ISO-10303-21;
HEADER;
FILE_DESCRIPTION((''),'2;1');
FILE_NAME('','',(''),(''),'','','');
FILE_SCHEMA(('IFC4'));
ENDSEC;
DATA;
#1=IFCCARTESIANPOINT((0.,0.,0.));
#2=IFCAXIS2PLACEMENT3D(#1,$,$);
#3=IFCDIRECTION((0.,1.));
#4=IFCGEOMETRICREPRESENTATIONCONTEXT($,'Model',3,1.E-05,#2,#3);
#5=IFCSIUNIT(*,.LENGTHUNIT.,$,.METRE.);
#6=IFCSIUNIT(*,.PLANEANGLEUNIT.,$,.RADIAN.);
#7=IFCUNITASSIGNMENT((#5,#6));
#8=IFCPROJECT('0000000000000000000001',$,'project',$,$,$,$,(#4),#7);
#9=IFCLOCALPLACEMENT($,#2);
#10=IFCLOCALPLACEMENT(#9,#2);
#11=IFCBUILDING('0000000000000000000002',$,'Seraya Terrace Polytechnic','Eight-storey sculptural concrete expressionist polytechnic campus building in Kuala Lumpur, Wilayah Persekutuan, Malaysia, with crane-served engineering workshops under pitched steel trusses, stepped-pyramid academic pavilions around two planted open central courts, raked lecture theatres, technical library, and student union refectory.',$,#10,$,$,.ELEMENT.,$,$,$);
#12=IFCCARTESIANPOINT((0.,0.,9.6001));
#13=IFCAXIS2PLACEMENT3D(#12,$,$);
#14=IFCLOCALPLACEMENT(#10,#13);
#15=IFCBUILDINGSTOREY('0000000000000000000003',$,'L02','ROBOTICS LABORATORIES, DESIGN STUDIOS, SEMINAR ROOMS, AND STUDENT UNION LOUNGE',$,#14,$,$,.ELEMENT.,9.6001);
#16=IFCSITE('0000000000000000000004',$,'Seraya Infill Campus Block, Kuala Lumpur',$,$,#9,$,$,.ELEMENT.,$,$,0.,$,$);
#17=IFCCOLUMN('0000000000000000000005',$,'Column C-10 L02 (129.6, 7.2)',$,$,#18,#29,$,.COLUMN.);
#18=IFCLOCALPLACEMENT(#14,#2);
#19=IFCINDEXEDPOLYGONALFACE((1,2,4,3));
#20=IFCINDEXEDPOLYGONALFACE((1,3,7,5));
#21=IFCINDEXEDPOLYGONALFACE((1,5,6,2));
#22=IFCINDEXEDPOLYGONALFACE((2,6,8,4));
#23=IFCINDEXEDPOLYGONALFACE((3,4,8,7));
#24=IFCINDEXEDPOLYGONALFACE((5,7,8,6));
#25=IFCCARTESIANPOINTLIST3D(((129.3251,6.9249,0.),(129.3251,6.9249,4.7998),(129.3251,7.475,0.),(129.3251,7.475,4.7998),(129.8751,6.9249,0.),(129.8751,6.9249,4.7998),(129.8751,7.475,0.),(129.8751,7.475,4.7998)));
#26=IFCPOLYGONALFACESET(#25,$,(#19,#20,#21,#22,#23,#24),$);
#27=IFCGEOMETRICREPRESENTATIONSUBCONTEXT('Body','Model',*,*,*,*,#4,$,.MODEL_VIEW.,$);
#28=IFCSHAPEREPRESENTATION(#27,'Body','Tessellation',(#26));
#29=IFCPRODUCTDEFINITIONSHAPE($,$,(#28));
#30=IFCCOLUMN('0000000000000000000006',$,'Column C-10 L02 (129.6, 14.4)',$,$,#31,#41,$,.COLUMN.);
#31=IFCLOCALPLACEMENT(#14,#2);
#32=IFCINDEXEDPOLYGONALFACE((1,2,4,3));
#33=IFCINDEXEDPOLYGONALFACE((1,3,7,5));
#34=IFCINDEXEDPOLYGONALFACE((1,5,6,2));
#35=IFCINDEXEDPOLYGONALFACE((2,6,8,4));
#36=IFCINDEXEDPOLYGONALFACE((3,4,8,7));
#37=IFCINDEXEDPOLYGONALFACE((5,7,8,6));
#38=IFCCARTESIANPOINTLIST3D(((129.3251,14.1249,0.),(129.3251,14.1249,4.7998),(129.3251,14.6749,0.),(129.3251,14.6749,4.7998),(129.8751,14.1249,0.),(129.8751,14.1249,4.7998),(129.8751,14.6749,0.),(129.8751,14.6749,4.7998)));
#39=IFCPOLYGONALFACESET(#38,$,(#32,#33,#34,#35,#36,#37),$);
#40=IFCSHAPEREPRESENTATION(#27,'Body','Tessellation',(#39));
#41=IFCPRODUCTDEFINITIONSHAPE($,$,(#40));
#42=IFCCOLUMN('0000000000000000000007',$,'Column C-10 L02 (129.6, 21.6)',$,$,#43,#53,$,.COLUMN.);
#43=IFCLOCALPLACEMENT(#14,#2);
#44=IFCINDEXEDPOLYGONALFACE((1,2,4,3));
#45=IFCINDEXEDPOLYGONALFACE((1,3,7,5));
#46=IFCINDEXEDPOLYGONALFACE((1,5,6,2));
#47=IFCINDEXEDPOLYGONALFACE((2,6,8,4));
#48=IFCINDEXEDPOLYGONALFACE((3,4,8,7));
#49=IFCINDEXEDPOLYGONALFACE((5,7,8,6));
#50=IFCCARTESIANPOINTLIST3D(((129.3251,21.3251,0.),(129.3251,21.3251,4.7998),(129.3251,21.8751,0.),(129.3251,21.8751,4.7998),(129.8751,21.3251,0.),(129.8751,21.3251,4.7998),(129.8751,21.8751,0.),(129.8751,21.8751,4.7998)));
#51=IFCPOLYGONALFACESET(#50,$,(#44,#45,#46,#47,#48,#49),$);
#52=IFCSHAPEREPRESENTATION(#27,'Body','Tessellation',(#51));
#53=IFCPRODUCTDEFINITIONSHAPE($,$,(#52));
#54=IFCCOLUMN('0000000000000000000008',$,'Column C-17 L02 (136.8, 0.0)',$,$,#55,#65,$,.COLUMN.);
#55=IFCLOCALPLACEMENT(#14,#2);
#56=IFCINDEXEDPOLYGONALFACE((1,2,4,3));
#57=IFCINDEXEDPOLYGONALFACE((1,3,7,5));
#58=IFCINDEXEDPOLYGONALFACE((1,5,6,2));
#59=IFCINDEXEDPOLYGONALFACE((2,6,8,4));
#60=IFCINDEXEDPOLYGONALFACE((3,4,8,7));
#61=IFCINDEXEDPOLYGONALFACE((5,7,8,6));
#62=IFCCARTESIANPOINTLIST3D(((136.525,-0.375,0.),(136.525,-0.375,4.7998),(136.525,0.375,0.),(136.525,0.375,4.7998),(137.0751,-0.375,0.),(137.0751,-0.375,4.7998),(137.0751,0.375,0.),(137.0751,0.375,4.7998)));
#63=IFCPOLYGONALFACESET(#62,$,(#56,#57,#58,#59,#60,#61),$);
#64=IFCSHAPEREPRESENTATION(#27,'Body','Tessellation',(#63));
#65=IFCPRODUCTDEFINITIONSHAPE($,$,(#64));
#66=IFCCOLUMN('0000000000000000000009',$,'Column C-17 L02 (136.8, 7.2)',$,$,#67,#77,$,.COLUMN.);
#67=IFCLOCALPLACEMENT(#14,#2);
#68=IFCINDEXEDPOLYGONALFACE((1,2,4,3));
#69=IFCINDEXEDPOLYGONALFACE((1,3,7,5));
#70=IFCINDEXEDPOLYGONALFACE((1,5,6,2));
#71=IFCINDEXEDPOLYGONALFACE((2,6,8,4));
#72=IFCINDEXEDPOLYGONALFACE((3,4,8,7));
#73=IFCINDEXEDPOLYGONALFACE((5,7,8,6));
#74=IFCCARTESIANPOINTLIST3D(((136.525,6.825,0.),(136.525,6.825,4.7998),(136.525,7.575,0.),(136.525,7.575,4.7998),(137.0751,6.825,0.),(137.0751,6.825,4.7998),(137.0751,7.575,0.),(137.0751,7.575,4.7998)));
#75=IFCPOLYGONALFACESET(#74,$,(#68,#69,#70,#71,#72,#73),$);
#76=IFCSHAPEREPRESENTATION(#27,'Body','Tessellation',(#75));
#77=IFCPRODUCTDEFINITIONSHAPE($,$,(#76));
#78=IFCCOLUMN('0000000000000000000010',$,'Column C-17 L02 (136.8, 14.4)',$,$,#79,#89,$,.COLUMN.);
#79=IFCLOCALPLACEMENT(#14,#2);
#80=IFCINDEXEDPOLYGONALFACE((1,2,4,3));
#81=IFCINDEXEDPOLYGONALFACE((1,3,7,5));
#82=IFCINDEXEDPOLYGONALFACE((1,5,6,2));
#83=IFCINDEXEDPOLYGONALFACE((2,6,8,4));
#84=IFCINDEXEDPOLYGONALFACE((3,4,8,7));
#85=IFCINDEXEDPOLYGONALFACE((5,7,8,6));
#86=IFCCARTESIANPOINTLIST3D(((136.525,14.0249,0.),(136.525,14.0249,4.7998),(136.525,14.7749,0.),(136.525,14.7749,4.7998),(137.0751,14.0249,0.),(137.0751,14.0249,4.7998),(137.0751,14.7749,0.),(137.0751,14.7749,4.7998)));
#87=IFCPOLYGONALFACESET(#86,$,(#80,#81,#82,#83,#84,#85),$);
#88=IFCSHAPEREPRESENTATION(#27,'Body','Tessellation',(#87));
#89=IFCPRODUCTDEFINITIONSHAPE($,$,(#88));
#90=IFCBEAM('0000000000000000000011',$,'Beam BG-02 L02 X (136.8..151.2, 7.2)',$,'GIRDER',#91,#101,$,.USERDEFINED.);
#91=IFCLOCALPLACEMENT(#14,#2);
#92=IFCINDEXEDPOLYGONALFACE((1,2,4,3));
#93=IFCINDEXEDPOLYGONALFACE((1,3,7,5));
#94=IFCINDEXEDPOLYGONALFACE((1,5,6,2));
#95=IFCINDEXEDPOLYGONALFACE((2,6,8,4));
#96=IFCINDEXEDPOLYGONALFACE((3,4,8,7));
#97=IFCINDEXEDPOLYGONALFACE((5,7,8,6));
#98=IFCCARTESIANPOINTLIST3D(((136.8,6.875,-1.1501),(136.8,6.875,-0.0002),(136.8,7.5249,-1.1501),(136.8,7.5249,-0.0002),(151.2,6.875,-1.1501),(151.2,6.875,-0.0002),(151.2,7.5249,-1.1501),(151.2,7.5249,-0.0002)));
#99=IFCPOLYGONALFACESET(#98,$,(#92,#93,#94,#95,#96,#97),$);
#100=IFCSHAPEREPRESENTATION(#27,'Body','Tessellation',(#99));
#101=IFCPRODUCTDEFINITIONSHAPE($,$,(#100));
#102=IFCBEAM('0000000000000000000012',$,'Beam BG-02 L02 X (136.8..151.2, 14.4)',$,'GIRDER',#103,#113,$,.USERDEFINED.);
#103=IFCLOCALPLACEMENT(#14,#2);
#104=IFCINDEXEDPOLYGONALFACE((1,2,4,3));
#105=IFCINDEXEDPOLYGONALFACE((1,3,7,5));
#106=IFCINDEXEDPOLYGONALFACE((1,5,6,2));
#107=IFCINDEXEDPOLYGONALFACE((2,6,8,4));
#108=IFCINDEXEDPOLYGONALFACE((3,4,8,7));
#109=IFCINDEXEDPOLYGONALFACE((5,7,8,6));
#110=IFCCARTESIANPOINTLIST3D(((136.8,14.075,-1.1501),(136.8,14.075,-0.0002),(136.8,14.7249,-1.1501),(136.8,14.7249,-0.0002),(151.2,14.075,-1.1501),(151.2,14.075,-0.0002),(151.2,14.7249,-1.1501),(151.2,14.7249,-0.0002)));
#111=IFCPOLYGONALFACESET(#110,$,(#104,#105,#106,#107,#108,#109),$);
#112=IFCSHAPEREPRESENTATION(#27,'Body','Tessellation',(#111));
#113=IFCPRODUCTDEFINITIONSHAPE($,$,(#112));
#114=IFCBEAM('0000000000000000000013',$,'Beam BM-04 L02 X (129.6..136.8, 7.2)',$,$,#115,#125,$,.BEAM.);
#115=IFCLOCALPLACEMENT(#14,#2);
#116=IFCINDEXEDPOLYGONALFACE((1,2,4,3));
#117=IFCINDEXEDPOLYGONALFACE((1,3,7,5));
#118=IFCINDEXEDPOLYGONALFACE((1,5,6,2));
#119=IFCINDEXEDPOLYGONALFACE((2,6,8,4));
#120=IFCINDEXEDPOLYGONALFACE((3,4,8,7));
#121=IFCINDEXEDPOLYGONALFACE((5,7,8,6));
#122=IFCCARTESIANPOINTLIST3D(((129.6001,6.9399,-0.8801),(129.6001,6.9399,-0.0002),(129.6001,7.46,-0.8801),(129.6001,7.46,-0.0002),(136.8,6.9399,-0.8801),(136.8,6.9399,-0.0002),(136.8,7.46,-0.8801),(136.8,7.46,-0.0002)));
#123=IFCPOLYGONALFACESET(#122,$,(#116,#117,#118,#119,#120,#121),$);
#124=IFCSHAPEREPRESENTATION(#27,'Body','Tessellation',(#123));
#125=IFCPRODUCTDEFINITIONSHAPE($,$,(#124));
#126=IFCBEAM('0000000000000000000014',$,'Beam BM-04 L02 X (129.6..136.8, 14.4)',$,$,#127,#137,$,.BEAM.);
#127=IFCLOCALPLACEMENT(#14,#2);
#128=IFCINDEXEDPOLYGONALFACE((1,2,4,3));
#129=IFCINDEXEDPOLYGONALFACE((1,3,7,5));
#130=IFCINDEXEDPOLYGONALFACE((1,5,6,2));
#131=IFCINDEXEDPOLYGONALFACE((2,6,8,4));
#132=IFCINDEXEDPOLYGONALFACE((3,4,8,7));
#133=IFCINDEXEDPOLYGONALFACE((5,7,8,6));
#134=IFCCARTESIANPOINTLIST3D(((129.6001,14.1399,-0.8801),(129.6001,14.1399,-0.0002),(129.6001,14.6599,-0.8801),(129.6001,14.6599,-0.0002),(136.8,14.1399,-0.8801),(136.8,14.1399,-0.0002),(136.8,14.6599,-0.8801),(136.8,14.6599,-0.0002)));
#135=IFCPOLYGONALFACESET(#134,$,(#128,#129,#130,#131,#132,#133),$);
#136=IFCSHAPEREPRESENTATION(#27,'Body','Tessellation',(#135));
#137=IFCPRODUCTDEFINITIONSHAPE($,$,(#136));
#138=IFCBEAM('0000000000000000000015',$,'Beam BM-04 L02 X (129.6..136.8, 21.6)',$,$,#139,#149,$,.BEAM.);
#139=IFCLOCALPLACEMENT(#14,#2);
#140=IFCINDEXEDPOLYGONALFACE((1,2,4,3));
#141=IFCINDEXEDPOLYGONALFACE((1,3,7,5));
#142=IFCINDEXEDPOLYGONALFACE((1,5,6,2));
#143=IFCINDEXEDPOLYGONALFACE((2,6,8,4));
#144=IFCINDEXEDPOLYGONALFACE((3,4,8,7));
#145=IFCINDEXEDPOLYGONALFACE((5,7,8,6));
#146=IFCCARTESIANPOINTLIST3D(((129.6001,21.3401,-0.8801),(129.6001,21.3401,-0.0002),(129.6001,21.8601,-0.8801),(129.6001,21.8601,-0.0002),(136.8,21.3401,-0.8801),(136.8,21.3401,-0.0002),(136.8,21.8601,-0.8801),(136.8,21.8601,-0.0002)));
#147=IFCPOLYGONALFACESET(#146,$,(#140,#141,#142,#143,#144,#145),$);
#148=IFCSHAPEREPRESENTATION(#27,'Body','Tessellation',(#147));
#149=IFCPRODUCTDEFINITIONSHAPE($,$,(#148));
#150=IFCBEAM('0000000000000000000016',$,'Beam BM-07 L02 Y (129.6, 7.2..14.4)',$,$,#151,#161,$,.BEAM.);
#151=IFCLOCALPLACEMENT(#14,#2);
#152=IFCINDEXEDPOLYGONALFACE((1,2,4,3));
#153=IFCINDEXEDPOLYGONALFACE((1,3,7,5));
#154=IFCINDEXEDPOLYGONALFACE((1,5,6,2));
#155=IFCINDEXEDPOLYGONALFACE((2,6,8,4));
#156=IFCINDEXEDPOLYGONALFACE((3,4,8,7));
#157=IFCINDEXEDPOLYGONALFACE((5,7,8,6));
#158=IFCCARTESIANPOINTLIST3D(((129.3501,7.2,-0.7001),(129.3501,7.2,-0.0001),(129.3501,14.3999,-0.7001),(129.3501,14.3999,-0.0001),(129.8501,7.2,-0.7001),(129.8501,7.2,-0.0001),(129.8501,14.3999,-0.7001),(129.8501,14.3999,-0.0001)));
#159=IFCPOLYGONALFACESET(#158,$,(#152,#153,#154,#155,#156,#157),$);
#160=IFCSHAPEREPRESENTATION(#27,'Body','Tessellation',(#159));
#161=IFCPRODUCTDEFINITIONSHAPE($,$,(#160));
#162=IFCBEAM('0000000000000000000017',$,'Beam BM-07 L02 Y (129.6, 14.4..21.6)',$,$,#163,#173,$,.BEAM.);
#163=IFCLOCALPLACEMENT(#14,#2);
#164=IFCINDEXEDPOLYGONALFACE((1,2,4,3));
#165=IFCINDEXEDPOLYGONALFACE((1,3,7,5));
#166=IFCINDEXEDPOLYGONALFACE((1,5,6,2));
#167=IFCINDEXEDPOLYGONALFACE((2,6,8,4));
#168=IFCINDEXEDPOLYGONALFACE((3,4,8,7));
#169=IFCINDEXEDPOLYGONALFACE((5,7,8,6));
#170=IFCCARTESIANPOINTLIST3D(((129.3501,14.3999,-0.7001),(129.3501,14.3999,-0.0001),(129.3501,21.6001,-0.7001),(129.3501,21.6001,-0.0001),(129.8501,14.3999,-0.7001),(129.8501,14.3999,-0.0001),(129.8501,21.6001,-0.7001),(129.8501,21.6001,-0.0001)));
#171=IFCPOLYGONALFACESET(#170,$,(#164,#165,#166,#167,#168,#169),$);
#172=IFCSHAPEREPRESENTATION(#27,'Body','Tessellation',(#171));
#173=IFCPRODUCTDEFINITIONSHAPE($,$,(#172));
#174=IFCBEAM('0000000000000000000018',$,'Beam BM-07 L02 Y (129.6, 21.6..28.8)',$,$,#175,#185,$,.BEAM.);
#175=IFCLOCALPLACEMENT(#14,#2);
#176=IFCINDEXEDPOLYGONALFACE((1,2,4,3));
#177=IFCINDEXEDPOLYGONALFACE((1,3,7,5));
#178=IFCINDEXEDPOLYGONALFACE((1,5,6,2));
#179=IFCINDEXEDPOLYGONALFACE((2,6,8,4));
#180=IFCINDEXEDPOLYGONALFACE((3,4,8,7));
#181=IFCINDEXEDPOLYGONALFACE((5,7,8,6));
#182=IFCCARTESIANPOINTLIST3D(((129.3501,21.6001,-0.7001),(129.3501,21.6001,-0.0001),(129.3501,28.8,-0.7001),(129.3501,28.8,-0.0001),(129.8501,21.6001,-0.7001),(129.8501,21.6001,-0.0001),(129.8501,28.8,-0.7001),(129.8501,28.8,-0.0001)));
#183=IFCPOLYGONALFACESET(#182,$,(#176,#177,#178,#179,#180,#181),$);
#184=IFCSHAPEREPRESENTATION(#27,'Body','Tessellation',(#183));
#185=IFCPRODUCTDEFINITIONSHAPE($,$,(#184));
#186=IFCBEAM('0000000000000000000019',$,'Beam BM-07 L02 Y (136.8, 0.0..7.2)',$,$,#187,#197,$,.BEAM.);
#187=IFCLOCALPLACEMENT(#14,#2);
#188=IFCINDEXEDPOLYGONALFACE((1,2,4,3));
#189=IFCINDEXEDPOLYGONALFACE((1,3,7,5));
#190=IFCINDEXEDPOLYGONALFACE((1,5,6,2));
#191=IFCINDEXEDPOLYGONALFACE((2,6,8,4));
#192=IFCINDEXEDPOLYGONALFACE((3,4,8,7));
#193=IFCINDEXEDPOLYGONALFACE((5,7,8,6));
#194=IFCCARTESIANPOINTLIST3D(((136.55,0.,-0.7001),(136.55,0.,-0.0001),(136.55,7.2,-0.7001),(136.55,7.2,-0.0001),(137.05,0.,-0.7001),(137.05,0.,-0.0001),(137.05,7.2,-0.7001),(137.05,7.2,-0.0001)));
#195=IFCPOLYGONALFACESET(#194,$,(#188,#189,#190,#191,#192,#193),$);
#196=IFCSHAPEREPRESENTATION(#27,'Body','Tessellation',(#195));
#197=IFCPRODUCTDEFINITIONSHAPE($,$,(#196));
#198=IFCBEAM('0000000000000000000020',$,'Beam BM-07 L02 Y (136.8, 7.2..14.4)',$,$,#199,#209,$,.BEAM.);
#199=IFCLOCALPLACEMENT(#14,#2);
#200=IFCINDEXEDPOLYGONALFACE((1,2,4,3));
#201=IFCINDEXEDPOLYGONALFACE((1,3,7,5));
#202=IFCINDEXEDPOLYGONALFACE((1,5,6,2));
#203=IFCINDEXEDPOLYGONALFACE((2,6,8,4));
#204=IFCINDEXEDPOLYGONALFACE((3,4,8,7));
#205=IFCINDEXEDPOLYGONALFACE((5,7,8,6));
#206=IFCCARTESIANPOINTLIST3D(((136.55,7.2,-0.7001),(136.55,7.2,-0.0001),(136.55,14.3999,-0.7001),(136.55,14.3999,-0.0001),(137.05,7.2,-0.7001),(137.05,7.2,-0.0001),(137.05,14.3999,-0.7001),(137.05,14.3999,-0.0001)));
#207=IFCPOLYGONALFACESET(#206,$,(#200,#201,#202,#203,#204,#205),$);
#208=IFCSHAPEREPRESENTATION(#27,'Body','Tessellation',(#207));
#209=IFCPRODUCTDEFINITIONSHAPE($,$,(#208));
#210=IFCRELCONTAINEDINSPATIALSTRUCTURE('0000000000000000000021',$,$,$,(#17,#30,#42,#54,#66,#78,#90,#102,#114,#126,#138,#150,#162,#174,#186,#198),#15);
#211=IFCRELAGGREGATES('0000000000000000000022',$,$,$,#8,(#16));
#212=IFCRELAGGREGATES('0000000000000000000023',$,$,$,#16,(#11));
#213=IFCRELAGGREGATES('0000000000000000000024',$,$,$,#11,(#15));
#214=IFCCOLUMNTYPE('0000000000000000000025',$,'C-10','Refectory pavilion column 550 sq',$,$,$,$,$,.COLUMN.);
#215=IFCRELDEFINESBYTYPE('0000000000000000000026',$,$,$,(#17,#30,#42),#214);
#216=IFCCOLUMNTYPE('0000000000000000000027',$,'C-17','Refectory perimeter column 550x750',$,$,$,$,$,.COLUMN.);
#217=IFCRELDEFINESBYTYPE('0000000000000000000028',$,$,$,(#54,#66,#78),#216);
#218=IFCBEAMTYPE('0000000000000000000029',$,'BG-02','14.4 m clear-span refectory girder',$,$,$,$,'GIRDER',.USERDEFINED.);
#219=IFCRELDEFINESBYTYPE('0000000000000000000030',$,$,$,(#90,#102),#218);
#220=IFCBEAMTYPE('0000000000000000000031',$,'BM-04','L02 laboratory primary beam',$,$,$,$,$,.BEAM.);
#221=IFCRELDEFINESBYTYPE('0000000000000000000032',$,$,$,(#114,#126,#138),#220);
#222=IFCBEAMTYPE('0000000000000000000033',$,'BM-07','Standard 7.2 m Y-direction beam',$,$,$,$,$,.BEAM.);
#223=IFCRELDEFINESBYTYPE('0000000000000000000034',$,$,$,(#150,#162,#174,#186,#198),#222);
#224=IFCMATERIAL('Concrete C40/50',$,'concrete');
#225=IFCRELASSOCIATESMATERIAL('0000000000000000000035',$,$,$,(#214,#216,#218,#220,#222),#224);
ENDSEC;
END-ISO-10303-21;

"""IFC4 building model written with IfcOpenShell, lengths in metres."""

from ifc_helpers import new_model, si_unit, direction, frame, origin, origin_2d, place, context, subcontext, project, spatial, rectangle, extrude, material, material_profile, profile_set, type_object, element, save


model = new_model("IFC4")

# Units and contexts
model_context = context("Model", 3, precision=1e-05, world=origin(), true_north=direction((0.0, 1.0)))
body_context = subcontext(model_context, "Body", "Model", "MODEL_VIEW")
ifc_project = project(units=[si_unit("LENGTHUNIT", "METRE"), si_unit("PLANEANGLEUNIT", "RADIAN")], contexts=[model_context])

# Site, building, storey
site_placement = place(None, origin())
site = spatial("IfcSite", under=ifc_project, at=site_placement, Name="Seraya Infill Campus Block, Kuala Lumpur", CompositionType="ELEMENT", RefElevation=0.0)
building_placement = place(site_placement, origin())
building = spatial("IfcBuilding", under=site, at=building_placement, Name="Seraya Terrace Polytechnic", Description="Eight-storey sculptural concrete expressionist polytechnic campus building in Kuala Lumpur, Wilayah Persekutuan, Malaysia, with crane-served engineering workshops under pitched steel trusses, stepped-pyramid academic pavilions around two planted open central courts, raked lecture theatres, technical library, and student union refectory.", CompositionType="ELEMENT")
storey_placement = place(building_placement, frame((0.0, 0.0, 9.6001)))
storey = spatial("IfcBuildingStorey", under=building, at=storey_placement, Name="L02", Description="ROBOTICS LABORATORIES, DESIGN STUDIOS, SEMINAR ROOMS, AND STUDENT UNION LOUNGE", CompositionType="ELEMENT", Elevation=9.6001)

# Columns
ifc_material_1 = material(Name="Concrete C40/50", Category="concrete")
ifc_material_profile_1 = material_profile(ifc_material_1, rectangle(XDim=0.55, YDim=0.55, at=origin_2d()), Name="RC 550x550")
ifc_profile_set_1 = profile_set([ifc_material_profile_1], Name="Concrete C40/50")
column_type_1 = type_object("IfcColumnType", Name="C-10", Description="Refectory pavilion column 550 sq", PredefinedType="COLUMN", material=ifc_profile_set_1)
for number, where, z_axis, x_axis, name in (
    (1, (129.6001, 7.2, 0.0), (0.0, 0.0, 1.0), (1.0, 0.0, 0.0), "Column C-10 L02 (129.6, 7.2)"),
    (2, (129.6001, 14.3999, 0.0), (0.0, 0.0, 1.0), (1.0, 0.0, 0.0), "Column C-10 L02 (129.6, 14.4)"),
    (3, (129.6001, 21.6001, 0.0), (0.0, 0.0, 1.0), (1.0, 0.0, 0.0), "Column C-10 L02 (129.6, 21.6)"),
):
    element("IfcColumn", number, at=place(storey_placement, frame(where, z_axis=z_axis, x_axis=x_axis)), inside=storey, type_object=column_type_1, Name=name, PredefinedType="COLUMN", context=body_context, shape_type="SweptSolid", body=[
        extrude(rectangle(XDim=0.55, YDim=0.55, at=origin_2d()), origin(), (0.0, 0.0, 1.0), 4.7998),
    ])
ifc_material_profile_2 = material_profile(ifc_material_1, rectangle(XDim=0.55, YDim=0.75, at=origin_2d()), Name="RC 550x750")
ifc_profile_set_2 = profile_set([ifc_material_profile_2], Name="Concrete C40/50")
column_type_2 = type_object("IfcColumnType", Name="C-17", Description="Refectory perimeter column 550x750", PredefinedType="COLUMN", material=ifc_profile_set_2)
for number, where, z_axis, x_axis, name in (
    (4, (136.8, 0.0, 0.0), (0.0, 0.0, 1.0), (1.0, 0.0, 0.0), "Column C-17 L02 (136.8, 0.0)"),
    (5, (136.8, 7.2, 0.0), (0.0, 0.0, 1.0), (1.0, 0.0, 0.0), "Column C-17 L02 (136.8, 7.2)"),
    (6, (136.8, 14.3999, 0.0), (0.0, 0.0, 1.0), (1.0, 0.0, 0.0), "Column C-17 L02 (136.8, 14.4)"),
):
    element("IfcColumn", number, at=place(storey_placement, frame(where, z_axis=z_axis, x_axis=x_axis)), inside=storey, type_object=column_type_2, Name=name, PredefinedType="COLUMN", context=body_context, shape_type="SweptSolid", body=[
        extrude(rectangle(XDim=0.55, YDim=0.75, at=origin_2d()), origin(), (0.0, 0.0, 1.0), 4.7998),
    ])

# Beams
ifc_material_profile_3 = material_profile(ifc_material_1, rectangle(XDim=0.6499, YDim=1.1499, at=origin_2d()), Name="RC 650x1150")
ifc_profile_set_3 = profile_set([ifc_material_profile_3], Name="Concrete C40/50")
beam_type_1 = type_object("IfcBeamType", Name="BG-02", Description="14.4 m clear-span refectory girder", ElementType="GIRDER", PredefinedType="USERDEFINED", material=ifc_profile_set_3)
for number, where, z_axis, x_axis, name in (
    (7, (136.8, 7.2, -0.5752), (1.0, 0.0, 0.0), (0.0, 1.0, 0.0), "Beam BG-02 L02 X (136.8..151.2, 7.2)"),
    (8, (136.8, 14.3999, -0.5752), (1.0, 0.0, 0.0), (0.0, 1.0, 0.0), "Beam BG-02 L02 X (136.8..151.2, 14.4)"),
):
    element("IfcBeam", number, at=place(storey_placement, frame(where, z_axis=z_axis, x_axis=x_axis)), inside=storey, type_object=beam_type_1, Name=name, ObjectType="GIRDER", PredefinedType="USERDEFINED", context=body_context, shape_type="SweptSolid", body=[
        extrude(rectangle(XDim=0.6499, YDim=1.1499, at=origin_2d()), origin(), (0.0, 0.0, 1.0), 14.3999),
    ])
ifc_material_profile_4 = material_profile(ifc_material_1, rectangle(XDim=0.52, YDim=0.8799, at=origin_2d()), Name="RC 520x880")
ifc_profile_set_4 = profile_set([ifc_material_profile_4], Name="Concrete C40/50")
beam_type_2 = type_object("IfcBeamType", Name="BM-04", Description="L02 laboratory primary beam", PredefinedType="BEAM", material=ifc_profile_set_4)
for number, where, z_axis, x_axis, name in (
    (9, (129.6001, 7.2, -0.4402), (1.0, 0.0, 0.0), (0.0, 1.0, 0.0), "Beam BM-04 L02 X (129.6..136.8, 7.2)"),
    (10, (129.6001, 14.3999, -0.4402), (1.0, 0.0, 0.0), (0.0, 1.0, 0.0), "Beam BM-04 L02 X (129.6..136.8, 14.4)"),
    (11, (129.6001, 21.6001, -0.4402), (1.0, 0.0, 0.0), (0.0, 1.0, 0.0), "Beam BM-04 L02 X (129.6..136.8, 21.6)"),
):
    element("IfcBeam", number, at=place(storey_placement, frame(where, z_axis=z_axis, x_axis=x_axis)), inside=storey, type_object=beam_type_2, Name=name, PredefinedType="BEAM", context=body_context, shape_type="SweptSolid", body=[
        extrude(rectangle(XDim=0.52, YDim=0.8799, at=origin_2d()), origin(), (0.0, 0.0, 1.0), 7.2),
    ])
ifc_material_profile_5 = material_profile(ifc_material_1, rectangle(XDim=0.5, YDim=0.7, at=origin_2d()), Name="RC 500x700")
ifc_profile_set_5 = profile_set([ifc_material_profile_5], Name="Concrete C40/50")
beam_type_3 = type_object("IfcBeamType", Name="BM-07", Description="Standard 7.2 m Y-direction beam", PredefinedType="BEAM", material=ifc_profile_set_5)
beam_1_placement = place(storey_placement, frame((129.6001, 7.2, -0.3501), z_axis=(0.0, 1.0, 0.0), x_axis=(-1.0, 0.0, 0.0)))
element("IfcBeam", 12, at=beam_1_placement, inside=storey, type_object=beam_type_3, Name="Beam BM-07 L02 Y (129.6, 7.2..14.4)", PredefinedType="BEAM", context=body_context, shape_type="SweptSolid", body=[
    extrude(rectangle(XDim=0.5, YDim=0.7, at=origin_2d()), origin(), (0.0, 0.0, 1.0), 7.2),
])
beam_2_placement = place(storey_placement, frame((129.6001, 14.3999, -0.3501), z_axis=(0.0, 1.0, 0.0), x_axis=(-1.0, 0.0, 0.0)))
element("IfcBeam", 13, at=beam_2_placement, inside=storey, type_object=beam_type_3, Name="Beam BM-07 L02 Y (129.6, 14.4..21.6)", PredefinedType="BEAM", context=body_context, shape_type="SweptSolid", body=[
    extrude(rectangle(XDim=0.5, YDim=0.7, at=origin_2d()), origin(), (0.0, 0.0, 1.0), 7.2002),
])
for number, where, z_axis, x_axis, name in (
    (14, (129.6001, 21.6001, -0.3501), (0.0, 1.0, 0.0), (-1.0, 0.0, 0.0), "Beam BM-07 L02 Y (129.6, 21.6..28.8)"),
    (15, (136.8, 0.0, -0.3501), (0.0, 1.0, 0.0), (-1.0, 0.0, 0.0), "Beam BM-07 L02 Y (136.8, 0.0..7.2)"),
    (16, (136.8, 7.2, -0.3501), (0.0, 1.0, 0.0), (-1.0, 0.0, 0.0), "Beam BM-07 L02 Y (136.8, 7.2..14.4)"),
):
    element("IfcBeam", number, at=place(storey_placement, frame(where, z_axis=z_axis, x_axis=x_axis)), inside=storey, type_object=beam_type_3, Name=name, PredefinedType="BEAM", context=body_context, shape_type="SweptSolid", body=[
        extrude(rectangle(XDim=0.5, YDim=0.7, at=origin_2d()), origin(), (0.0, 0.0, 1.0), 7.2),
    ])

save(model, "model.ifc")
